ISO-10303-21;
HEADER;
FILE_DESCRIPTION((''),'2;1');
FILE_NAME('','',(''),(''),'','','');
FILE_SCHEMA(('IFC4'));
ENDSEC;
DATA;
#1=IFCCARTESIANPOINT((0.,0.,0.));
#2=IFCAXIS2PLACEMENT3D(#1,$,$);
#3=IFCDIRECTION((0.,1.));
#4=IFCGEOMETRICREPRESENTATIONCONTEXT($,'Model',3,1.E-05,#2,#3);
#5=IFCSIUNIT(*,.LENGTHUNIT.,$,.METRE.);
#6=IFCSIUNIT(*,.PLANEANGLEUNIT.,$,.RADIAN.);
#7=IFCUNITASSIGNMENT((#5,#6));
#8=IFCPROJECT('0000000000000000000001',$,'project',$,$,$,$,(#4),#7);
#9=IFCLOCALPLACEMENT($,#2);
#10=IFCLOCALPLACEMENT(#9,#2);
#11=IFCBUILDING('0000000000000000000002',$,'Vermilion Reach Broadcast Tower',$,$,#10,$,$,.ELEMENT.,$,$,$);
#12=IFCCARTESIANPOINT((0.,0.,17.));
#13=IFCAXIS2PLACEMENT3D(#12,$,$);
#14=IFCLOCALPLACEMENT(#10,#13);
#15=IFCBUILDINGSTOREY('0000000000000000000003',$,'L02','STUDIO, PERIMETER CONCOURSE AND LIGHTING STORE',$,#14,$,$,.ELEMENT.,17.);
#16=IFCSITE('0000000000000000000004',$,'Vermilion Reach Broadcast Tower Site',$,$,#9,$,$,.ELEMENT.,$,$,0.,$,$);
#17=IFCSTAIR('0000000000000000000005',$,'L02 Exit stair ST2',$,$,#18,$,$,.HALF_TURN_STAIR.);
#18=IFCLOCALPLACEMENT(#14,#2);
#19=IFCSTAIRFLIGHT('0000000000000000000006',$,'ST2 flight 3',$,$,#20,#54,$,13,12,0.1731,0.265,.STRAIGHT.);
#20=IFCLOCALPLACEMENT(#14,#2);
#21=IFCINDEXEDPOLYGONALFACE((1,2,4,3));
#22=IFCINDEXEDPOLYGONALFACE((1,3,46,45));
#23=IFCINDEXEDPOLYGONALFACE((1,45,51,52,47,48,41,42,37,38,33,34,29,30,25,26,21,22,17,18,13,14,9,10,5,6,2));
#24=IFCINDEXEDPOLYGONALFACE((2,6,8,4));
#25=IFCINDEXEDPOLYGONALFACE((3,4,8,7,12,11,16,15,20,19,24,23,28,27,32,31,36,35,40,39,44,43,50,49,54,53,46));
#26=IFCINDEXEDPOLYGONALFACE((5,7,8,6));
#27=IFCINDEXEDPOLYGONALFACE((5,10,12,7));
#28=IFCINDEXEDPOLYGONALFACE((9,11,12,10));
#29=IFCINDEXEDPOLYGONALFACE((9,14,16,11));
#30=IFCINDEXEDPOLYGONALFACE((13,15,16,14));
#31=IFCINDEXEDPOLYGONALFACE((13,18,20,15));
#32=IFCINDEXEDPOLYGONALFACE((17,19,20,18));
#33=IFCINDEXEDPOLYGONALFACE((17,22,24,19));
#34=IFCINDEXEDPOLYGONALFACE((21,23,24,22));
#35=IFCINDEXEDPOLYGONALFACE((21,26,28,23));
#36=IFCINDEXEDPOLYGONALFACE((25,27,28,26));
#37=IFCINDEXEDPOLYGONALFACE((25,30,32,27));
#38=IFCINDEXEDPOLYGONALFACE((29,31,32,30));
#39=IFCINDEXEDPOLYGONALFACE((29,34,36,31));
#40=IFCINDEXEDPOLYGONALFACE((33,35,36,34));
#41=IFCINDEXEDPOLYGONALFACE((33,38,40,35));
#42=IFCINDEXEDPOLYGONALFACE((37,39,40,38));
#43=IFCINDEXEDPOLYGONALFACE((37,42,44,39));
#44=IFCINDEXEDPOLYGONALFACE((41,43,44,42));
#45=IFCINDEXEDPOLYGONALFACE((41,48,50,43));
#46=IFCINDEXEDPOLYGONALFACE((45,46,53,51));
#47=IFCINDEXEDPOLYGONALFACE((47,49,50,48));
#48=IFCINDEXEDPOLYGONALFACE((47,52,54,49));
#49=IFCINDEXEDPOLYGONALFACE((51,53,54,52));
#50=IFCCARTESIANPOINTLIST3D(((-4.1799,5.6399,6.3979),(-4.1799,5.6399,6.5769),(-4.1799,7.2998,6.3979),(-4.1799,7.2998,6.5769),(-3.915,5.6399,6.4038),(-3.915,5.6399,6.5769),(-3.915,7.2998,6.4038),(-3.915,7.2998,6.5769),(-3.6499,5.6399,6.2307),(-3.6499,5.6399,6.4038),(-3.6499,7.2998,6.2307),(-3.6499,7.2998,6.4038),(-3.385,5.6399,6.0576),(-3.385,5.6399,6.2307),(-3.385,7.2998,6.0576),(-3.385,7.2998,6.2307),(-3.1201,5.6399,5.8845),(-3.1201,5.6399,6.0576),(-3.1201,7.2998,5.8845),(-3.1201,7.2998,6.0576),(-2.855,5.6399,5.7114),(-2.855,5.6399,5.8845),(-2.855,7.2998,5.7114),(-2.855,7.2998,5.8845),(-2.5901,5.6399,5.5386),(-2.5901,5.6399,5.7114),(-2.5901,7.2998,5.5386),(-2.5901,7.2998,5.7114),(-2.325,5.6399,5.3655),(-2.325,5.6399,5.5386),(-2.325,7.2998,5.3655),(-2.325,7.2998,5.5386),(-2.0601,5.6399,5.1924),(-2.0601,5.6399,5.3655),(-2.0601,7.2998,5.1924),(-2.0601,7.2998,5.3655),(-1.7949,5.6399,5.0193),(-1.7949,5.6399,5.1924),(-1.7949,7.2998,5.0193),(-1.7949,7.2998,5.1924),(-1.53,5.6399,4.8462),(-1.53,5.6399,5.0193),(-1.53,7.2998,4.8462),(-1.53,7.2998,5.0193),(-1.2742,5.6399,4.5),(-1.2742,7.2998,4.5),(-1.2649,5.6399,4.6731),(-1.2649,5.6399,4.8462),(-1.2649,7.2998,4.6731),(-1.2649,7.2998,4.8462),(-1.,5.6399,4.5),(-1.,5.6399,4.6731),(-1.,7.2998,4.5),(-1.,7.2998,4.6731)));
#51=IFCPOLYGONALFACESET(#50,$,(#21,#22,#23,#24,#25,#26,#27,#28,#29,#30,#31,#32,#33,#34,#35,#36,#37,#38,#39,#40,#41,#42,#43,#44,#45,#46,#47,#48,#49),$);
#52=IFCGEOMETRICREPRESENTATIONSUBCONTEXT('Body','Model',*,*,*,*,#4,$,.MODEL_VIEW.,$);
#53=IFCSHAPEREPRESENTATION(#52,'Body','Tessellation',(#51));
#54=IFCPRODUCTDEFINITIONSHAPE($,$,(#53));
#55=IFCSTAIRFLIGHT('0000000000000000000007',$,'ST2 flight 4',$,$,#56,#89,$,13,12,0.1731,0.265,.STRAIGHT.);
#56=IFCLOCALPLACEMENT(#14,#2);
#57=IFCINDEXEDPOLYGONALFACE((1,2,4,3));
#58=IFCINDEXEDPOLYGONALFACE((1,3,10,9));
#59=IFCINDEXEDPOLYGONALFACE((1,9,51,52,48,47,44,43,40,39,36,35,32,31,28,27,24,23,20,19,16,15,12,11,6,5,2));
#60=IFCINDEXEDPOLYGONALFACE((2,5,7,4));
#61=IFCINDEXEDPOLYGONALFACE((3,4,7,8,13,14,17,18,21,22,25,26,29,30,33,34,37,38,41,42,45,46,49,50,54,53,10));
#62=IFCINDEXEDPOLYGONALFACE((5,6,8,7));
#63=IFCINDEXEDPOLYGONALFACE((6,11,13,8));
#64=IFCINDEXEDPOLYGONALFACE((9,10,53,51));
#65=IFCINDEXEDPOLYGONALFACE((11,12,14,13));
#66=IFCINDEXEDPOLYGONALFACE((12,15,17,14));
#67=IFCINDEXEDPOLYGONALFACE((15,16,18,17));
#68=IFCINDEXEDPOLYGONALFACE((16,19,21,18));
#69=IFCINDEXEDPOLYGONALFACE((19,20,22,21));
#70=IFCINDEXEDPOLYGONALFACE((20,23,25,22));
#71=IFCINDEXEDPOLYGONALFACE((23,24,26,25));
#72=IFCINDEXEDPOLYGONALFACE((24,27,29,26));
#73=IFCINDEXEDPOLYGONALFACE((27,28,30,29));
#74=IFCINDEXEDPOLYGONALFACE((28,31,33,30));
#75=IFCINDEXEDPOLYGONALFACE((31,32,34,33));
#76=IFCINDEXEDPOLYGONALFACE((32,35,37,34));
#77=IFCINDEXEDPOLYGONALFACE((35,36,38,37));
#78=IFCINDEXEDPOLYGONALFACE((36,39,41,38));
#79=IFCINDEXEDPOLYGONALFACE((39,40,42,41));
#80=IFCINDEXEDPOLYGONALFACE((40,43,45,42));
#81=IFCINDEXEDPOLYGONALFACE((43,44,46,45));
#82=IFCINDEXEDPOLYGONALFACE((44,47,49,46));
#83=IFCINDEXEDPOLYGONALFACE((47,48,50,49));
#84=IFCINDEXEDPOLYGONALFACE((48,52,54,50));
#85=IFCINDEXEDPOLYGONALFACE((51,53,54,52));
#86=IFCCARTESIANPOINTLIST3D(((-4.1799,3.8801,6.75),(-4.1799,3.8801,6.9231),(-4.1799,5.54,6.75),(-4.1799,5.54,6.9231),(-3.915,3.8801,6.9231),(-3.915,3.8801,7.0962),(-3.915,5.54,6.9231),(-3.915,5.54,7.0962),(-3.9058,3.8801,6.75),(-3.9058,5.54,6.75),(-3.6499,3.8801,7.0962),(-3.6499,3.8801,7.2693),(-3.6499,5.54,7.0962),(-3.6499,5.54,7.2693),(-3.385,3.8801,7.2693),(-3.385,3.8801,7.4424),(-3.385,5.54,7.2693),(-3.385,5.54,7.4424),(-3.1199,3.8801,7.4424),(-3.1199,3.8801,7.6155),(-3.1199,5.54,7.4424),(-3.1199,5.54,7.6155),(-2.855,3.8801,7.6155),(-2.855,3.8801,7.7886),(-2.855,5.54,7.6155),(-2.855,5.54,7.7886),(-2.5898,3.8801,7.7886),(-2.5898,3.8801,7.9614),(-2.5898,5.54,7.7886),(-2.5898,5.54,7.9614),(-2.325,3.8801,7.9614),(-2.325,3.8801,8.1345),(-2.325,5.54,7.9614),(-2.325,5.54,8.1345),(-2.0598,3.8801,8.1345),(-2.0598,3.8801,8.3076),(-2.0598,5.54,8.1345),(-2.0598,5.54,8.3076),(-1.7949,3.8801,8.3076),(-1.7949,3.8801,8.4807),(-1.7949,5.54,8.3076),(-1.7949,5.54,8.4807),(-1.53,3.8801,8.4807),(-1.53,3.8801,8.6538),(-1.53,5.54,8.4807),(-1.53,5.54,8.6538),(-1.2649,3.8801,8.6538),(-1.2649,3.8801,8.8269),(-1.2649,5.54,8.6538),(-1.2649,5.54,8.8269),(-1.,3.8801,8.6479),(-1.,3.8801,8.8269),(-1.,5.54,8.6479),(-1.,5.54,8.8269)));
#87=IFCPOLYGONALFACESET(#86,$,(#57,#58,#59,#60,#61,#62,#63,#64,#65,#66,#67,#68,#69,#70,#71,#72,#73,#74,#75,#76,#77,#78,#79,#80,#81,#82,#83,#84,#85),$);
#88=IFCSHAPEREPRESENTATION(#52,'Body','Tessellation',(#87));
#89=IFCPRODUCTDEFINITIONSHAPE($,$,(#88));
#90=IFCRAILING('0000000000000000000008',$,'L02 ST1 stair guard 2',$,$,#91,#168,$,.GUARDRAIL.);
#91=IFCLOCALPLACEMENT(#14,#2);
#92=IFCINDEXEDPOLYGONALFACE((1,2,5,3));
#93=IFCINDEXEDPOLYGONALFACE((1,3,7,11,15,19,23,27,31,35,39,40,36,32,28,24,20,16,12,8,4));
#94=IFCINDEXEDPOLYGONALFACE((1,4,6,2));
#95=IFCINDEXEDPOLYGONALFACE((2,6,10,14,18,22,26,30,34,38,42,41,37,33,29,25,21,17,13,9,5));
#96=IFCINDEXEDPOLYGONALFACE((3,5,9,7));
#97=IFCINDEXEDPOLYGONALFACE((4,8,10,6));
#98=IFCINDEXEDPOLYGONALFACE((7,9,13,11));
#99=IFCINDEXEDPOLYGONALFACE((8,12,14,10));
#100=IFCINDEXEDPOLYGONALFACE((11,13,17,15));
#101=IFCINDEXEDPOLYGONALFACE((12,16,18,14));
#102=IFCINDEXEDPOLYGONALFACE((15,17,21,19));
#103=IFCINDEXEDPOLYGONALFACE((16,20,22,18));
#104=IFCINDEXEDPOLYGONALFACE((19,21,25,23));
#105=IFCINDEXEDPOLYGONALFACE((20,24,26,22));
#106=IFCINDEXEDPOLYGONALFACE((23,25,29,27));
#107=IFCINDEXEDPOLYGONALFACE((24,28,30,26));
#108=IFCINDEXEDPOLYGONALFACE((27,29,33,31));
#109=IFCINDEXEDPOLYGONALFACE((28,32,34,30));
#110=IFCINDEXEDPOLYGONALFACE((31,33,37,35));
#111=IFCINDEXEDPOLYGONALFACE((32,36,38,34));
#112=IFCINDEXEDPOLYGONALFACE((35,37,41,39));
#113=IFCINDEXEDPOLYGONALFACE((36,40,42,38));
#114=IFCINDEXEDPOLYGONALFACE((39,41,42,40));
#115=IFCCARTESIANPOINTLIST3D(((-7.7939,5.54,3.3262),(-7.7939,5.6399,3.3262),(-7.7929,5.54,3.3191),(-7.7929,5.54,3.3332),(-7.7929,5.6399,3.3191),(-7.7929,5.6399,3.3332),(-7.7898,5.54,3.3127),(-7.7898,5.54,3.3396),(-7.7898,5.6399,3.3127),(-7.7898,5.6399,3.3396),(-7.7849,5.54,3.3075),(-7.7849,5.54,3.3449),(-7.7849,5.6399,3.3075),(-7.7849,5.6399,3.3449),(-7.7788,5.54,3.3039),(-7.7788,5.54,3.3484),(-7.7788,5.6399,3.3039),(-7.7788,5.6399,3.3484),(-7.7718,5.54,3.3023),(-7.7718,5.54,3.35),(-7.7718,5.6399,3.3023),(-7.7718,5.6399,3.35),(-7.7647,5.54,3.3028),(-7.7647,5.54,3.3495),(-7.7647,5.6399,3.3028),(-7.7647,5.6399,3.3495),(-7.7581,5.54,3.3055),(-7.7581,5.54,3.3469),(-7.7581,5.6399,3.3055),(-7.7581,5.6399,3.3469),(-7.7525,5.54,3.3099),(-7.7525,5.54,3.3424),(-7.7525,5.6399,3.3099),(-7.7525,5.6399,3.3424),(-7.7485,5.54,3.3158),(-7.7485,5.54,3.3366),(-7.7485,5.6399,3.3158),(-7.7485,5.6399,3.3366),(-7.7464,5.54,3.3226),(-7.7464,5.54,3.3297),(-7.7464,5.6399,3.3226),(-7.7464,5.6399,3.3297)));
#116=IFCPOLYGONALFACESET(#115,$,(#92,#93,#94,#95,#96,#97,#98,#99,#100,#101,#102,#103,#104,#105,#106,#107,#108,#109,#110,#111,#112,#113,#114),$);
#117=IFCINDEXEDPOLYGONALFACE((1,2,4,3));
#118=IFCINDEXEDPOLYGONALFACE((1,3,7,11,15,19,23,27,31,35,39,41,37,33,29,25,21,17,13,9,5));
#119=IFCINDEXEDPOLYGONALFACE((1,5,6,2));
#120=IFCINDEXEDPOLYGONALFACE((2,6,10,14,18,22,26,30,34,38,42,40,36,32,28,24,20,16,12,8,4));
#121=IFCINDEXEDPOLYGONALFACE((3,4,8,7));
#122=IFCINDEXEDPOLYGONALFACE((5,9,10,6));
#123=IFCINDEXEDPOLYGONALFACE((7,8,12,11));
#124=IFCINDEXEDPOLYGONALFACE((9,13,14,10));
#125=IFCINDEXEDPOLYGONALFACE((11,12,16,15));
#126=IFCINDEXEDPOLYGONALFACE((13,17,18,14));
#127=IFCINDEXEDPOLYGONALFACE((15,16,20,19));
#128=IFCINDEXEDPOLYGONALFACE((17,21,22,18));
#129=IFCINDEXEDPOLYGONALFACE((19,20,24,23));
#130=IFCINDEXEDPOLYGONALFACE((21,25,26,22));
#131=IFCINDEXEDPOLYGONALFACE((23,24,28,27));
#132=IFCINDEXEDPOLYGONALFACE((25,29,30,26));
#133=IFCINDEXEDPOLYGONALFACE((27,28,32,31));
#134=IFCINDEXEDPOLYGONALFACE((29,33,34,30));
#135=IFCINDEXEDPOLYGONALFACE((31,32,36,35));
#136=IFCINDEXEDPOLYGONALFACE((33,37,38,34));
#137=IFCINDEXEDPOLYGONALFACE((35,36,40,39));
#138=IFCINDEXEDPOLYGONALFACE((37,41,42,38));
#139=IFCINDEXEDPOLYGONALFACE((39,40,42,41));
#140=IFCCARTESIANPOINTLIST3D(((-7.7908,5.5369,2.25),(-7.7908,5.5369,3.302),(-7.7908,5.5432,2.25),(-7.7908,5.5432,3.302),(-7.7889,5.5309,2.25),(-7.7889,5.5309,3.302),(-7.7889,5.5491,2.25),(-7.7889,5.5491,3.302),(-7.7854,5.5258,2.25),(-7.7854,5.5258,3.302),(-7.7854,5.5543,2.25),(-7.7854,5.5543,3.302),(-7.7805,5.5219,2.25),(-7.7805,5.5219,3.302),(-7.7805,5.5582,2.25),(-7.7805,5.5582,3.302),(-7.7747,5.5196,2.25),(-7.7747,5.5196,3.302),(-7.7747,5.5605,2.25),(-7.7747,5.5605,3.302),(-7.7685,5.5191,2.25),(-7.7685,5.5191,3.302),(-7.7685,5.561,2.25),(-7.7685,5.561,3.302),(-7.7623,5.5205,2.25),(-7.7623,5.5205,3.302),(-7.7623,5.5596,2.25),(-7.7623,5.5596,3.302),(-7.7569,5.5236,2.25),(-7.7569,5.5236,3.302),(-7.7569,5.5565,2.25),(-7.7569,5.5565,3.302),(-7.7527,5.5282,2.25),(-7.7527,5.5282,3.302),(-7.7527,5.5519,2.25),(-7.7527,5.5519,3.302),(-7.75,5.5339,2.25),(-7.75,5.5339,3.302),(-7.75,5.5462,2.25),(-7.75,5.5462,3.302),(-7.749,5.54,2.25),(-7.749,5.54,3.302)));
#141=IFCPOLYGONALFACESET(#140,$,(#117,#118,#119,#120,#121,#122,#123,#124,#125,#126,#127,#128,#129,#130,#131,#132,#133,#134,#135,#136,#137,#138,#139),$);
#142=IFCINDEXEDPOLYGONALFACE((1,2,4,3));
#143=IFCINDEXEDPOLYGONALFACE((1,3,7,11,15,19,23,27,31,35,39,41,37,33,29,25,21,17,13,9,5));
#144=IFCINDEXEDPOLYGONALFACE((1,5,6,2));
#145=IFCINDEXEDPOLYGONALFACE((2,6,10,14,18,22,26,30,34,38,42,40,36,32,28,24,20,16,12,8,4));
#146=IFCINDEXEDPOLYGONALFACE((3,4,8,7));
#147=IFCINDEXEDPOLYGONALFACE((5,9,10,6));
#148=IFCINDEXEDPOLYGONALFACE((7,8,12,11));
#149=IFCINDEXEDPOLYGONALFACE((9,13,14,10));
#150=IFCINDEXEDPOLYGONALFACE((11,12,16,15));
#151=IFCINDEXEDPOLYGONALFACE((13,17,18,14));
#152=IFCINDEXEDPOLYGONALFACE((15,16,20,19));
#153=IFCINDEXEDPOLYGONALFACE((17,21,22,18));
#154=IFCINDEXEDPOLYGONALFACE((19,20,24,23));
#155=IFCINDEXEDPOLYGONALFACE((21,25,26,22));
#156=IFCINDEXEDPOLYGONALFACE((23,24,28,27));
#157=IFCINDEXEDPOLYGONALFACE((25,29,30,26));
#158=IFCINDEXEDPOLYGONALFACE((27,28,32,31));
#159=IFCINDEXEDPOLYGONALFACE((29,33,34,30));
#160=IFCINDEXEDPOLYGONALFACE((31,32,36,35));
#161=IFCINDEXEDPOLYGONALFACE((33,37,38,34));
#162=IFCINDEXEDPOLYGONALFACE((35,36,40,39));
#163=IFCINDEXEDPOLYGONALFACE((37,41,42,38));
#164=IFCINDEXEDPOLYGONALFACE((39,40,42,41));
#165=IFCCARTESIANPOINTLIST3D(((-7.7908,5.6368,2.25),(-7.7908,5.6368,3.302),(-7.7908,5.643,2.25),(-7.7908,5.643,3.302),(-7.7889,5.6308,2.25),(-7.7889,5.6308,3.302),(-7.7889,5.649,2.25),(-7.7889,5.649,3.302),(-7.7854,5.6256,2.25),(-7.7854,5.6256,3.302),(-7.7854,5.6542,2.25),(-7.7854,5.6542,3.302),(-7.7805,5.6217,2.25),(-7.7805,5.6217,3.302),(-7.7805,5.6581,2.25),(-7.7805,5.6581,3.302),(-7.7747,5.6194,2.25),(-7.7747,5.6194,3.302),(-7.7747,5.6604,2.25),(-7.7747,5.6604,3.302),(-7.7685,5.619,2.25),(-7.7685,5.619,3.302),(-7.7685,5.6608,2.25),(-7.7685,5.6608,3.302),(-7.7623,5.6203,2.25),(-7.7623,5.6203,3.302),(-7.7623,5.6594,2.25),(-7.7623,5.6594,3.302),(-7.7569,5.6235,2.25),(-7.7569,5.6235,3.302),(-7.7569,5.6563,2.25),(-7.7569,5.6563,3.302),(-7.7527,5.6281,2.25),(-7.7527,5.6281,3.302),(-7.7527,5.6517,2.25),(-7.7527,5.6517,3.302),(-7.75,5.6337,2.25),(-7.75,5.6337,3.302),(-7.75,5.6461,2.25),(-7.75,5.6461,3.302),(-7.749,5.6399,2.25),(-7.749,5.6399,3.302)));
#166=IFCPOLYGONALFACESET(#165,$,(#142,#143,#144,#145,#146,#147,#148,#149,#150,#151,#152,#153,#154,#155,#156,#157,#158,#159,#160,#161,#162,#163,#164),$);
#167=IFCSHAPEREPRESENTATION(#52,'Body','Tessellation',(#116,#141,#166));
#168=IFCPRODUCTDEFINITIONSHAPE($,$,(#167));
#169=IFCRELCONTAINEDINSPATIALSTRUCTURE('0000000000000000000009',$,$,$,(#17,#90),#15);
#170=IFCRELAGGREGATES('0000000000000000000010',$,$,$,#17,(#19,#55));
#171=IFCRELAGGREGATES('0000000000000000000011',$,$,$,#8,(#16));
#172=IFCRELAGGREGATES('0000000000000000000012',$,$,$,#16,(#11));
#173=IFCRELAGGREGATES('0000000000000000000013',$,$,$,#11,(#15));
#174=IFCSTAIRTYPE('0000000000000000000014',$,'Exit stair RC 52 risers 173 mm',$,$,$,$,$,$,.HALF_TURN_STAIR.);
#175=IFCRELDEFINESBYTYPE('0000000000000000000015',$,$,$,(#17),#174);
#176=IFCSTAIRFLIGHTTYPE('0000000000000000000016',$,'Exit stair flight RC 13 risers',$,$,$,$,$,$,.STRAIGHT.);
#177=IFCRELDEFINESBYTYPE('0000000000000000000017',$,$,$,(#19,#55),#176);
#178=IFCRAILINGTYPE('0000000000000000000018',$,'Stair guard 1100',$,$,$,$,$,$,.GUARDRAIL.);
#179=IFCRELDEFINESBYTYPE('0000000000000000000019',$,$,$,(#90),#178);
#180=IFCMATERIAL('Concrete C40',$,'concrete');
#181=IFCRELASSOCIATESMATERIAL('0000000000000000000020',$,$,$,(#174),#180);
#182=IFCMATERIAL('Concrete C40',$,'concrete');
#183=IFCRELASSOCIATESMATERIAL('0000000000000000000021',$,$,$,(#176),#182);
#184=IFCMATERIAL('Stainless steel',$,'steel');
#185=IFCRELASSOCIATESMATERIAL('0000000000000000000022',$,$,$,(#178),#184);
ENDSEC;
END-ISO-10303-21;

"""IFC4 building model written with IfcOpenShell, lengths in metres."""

from ifc_helpers import new_model, si_unit, direction, frame, origin, origin_2d, place, context, subcontext, project, spatial, polyline, circle, outline, extrude, material, type_object, element, aggregate, save


model = new_model("IFC4")

# Units and contexts
model_context = context("Model", 3, precision=1e-05, world=origin(), true_north=direction((0.0, 1.0)))
body_context = subcontext(model_context, "Body", "Model", "MODEL_VIEW")
ifc_project = project(units=[si_unit("LENGTHUNIT", "METRE"), si_unit("PLANEANGLEUNIT", "RADIAN")], contexts=[model_context])

# Site, building, storey
site_placement = place(None, origin())
site = spatial("IfcSite", under=ifc_project, at=site_placement, Name="Vermilion Reach Broadcast Tower Site", CompositionType="ELEMENT", RefElevation=0.0)
building_placement = place(site_placement, origin())
building = spatial("IfcBuilding", under=site, at=building_placement, Name="Vermilion Reach Broadcast Tower", CompositionType="ELEMENT")
storey_placement = place(building_placement, frame((0.0, 0.0, 17.0)))
storey = spatial("IfcBuildingStorey", under=building, at=storey_placement, Name="L02", Description="STUDIO, PERIMETER CONCOURSE AND LIGHTING STORE", CompositionType="ELEMENT", Elevation=17.0)

# Stair, stair flights
ifc_material_1 = material(Name="Concrete C40", Category="concrete")
stair_type = type_object("IfcStairType", Name="Exit stair RC 52 risers 173 mm", PredefinedType="HALF_TURN_STAIR", material=ifc_material_1)
placement = place(storey_placement, origin())
ifc_material_2 = material(Name="Concrete C40", Category="concrete")
stair_flight_type = type_object("IfcStairFlightType", Name="Exit stair flight RC 13 risers", PredefinedType="STRAIGHT", material=ifc_material_2)
stair_1 = element("IfcStair", 1, at=placement, inside=storey, type_object=stair_type, Name="L02 Exit stair ST2", PredefinedType="HALF_TURN_STAIR")
stair_flight_1_placement = place(storey_placement, frame((-1.0, 6.47, 4.5), z_axis=(0.0, 0.0, 1.0), x_axis=(-1.0, 0.0, 0.0)))
stair_flight_1 = element("IfcStairFlight", 2, at=stair_flight_1_placement, type_object=stair_flight_type, Name="ST2 flight 3", NumberOfRisers=13, NumberOfTreads=12, PredefinedType="STRAIGHT", RiserHeight=0.1731, TreadLength=0.265, context=body_context, shape_type="SweptSolid", body=[
    extrude(outline(polyline([(0.0, 0.0), (0.0, 0.1731), (0.2649, 0.1731), (0.2649, 0.3462), (0.53, 0.3462), (0.53, 0.5193), (0.7949, 0.5193), (0.7949, 0.6924), (1.0601, 0.6924), (1.0601, 0.8655), (1.325, 0.8655), (1.325, 1.0386), (1.5901, 1.0386), (1.5901, 1.2114), (1.855, 1.2114), (1.855, 1.3845), (2.1201, 1.3845), (2.1201, 1.5576), (2.385, 1.5576), (2.385, 1.7307), (2.6499, 1.7307), (2.6499, 1.9038), (2.915, 1.9038), (2.915, 2.0769), (3.1799, 2.0769), (3.1799, 2.25), (3.1799, 1.8979), (0.2742, 0.0), (0.0, 0.0)])), frame((0.0, 0.8301, 0.0), z_axis=(0.0, -1.0, 0.0), x_axis=(1.0, 0.0, 0.0)), (0.0, 0.0, 1.0), 1.6599),
])
stair_flight_2_placement = place(storey_placement, frame((-4.1799, 4.71, 6.75), z_axis=(0.0, 0.0, 1.0), x_axis=(1.0, 0.0, 0.0)))
stair_flight_2 = element("IfcStairFlight", 3, at=stair_flight_2_placement, type_object=stair_flight_type, Name="ST2 flight 4", NumberOfRisers=13, NumberOfTreads=12, PredefinedType="STRAIGHT", RiserHeight=0.1731, TreadLength=0.265, context=body_context, shape_type="SweptSolid", body=[
    extrude(outline(polyline([(0.0, 0.0), (0.0, 0.1731), (0.2649, 0.1731), (0.2649, 0.3462), (0.53, 0.3462), (0.53, 0.5193), (0.7949, 0.5193), (0.7949, 0.6924), (1.0601, 0.6924), (1.0601, 0.8655), (1.325, 0.8655), (1.325, 1.0386), (1.5901, 1.0386), (1.5901, 1.2114), (1.855, 1.2114), (1.855, 1.3845), (2.1201, 1.3845), (2.1201, 1.5576), (2.385, 1.5576), (2.385, 1.7307), (2.6499, 1.7307), (2.6499, 1.9038), (2.915, 1.9038), (2.915, 2.0769), (3.1799, 2.0769), (3.1799, 2.25), (3.1799, 1.8979), (0.2742, 0.0), (0.0, 0.0)])), frame((0.0, 0.8301, 0.0), z_axis=(0.0, -1.0, 0.0), x_axis=(1.0, 0.0, 0.0)), (0.0, 0.0, 1.0), 1.6599),
])
aggregate(stair_1, [stair_flight_1, stair_flight_2])

# Railing
ifc_material_3 = material(Name="Stainless steel", Category="steel")
railing_type_1 = type_object("IfcRailingType", Name="Stair guard 1100", PredefinedType="GUARDRAIL", material=ifc_material_3)
railing_1_placement = place(storey_placement, frame((-7.77, 5.54, 2.25)))
element("IfcRailing", 4, at=railing_1_placement, inside=storey, type_object=railing_type_1, Name="L02 ST1 stair guard 2", PredefinedType="GUARDRAIL", context=body_context, shape_type="SweptSolid", body=[
    extrude(circle(Radius=0.0239, at=origin_2d()), frame((0.0, 0.0, 1.0762), z_axis=(0.0, 1.0, 0.0), x_axis=(-1.0, 0.0, 0.0)), (0.0, 0.0, 1.0), 0.0999),
    extrude(circle(Radius=0.021, at=origin_2d()), origin(), (0.0, 0.0, 1.0), 1.052),
    extrude(circle(Radius=0.021, at=origin_2d()), frame((0.0, 0.0999, 0.0)), (0.0, 0.0, 1.0), 1.052),
])

save(model, "model.ifc")
